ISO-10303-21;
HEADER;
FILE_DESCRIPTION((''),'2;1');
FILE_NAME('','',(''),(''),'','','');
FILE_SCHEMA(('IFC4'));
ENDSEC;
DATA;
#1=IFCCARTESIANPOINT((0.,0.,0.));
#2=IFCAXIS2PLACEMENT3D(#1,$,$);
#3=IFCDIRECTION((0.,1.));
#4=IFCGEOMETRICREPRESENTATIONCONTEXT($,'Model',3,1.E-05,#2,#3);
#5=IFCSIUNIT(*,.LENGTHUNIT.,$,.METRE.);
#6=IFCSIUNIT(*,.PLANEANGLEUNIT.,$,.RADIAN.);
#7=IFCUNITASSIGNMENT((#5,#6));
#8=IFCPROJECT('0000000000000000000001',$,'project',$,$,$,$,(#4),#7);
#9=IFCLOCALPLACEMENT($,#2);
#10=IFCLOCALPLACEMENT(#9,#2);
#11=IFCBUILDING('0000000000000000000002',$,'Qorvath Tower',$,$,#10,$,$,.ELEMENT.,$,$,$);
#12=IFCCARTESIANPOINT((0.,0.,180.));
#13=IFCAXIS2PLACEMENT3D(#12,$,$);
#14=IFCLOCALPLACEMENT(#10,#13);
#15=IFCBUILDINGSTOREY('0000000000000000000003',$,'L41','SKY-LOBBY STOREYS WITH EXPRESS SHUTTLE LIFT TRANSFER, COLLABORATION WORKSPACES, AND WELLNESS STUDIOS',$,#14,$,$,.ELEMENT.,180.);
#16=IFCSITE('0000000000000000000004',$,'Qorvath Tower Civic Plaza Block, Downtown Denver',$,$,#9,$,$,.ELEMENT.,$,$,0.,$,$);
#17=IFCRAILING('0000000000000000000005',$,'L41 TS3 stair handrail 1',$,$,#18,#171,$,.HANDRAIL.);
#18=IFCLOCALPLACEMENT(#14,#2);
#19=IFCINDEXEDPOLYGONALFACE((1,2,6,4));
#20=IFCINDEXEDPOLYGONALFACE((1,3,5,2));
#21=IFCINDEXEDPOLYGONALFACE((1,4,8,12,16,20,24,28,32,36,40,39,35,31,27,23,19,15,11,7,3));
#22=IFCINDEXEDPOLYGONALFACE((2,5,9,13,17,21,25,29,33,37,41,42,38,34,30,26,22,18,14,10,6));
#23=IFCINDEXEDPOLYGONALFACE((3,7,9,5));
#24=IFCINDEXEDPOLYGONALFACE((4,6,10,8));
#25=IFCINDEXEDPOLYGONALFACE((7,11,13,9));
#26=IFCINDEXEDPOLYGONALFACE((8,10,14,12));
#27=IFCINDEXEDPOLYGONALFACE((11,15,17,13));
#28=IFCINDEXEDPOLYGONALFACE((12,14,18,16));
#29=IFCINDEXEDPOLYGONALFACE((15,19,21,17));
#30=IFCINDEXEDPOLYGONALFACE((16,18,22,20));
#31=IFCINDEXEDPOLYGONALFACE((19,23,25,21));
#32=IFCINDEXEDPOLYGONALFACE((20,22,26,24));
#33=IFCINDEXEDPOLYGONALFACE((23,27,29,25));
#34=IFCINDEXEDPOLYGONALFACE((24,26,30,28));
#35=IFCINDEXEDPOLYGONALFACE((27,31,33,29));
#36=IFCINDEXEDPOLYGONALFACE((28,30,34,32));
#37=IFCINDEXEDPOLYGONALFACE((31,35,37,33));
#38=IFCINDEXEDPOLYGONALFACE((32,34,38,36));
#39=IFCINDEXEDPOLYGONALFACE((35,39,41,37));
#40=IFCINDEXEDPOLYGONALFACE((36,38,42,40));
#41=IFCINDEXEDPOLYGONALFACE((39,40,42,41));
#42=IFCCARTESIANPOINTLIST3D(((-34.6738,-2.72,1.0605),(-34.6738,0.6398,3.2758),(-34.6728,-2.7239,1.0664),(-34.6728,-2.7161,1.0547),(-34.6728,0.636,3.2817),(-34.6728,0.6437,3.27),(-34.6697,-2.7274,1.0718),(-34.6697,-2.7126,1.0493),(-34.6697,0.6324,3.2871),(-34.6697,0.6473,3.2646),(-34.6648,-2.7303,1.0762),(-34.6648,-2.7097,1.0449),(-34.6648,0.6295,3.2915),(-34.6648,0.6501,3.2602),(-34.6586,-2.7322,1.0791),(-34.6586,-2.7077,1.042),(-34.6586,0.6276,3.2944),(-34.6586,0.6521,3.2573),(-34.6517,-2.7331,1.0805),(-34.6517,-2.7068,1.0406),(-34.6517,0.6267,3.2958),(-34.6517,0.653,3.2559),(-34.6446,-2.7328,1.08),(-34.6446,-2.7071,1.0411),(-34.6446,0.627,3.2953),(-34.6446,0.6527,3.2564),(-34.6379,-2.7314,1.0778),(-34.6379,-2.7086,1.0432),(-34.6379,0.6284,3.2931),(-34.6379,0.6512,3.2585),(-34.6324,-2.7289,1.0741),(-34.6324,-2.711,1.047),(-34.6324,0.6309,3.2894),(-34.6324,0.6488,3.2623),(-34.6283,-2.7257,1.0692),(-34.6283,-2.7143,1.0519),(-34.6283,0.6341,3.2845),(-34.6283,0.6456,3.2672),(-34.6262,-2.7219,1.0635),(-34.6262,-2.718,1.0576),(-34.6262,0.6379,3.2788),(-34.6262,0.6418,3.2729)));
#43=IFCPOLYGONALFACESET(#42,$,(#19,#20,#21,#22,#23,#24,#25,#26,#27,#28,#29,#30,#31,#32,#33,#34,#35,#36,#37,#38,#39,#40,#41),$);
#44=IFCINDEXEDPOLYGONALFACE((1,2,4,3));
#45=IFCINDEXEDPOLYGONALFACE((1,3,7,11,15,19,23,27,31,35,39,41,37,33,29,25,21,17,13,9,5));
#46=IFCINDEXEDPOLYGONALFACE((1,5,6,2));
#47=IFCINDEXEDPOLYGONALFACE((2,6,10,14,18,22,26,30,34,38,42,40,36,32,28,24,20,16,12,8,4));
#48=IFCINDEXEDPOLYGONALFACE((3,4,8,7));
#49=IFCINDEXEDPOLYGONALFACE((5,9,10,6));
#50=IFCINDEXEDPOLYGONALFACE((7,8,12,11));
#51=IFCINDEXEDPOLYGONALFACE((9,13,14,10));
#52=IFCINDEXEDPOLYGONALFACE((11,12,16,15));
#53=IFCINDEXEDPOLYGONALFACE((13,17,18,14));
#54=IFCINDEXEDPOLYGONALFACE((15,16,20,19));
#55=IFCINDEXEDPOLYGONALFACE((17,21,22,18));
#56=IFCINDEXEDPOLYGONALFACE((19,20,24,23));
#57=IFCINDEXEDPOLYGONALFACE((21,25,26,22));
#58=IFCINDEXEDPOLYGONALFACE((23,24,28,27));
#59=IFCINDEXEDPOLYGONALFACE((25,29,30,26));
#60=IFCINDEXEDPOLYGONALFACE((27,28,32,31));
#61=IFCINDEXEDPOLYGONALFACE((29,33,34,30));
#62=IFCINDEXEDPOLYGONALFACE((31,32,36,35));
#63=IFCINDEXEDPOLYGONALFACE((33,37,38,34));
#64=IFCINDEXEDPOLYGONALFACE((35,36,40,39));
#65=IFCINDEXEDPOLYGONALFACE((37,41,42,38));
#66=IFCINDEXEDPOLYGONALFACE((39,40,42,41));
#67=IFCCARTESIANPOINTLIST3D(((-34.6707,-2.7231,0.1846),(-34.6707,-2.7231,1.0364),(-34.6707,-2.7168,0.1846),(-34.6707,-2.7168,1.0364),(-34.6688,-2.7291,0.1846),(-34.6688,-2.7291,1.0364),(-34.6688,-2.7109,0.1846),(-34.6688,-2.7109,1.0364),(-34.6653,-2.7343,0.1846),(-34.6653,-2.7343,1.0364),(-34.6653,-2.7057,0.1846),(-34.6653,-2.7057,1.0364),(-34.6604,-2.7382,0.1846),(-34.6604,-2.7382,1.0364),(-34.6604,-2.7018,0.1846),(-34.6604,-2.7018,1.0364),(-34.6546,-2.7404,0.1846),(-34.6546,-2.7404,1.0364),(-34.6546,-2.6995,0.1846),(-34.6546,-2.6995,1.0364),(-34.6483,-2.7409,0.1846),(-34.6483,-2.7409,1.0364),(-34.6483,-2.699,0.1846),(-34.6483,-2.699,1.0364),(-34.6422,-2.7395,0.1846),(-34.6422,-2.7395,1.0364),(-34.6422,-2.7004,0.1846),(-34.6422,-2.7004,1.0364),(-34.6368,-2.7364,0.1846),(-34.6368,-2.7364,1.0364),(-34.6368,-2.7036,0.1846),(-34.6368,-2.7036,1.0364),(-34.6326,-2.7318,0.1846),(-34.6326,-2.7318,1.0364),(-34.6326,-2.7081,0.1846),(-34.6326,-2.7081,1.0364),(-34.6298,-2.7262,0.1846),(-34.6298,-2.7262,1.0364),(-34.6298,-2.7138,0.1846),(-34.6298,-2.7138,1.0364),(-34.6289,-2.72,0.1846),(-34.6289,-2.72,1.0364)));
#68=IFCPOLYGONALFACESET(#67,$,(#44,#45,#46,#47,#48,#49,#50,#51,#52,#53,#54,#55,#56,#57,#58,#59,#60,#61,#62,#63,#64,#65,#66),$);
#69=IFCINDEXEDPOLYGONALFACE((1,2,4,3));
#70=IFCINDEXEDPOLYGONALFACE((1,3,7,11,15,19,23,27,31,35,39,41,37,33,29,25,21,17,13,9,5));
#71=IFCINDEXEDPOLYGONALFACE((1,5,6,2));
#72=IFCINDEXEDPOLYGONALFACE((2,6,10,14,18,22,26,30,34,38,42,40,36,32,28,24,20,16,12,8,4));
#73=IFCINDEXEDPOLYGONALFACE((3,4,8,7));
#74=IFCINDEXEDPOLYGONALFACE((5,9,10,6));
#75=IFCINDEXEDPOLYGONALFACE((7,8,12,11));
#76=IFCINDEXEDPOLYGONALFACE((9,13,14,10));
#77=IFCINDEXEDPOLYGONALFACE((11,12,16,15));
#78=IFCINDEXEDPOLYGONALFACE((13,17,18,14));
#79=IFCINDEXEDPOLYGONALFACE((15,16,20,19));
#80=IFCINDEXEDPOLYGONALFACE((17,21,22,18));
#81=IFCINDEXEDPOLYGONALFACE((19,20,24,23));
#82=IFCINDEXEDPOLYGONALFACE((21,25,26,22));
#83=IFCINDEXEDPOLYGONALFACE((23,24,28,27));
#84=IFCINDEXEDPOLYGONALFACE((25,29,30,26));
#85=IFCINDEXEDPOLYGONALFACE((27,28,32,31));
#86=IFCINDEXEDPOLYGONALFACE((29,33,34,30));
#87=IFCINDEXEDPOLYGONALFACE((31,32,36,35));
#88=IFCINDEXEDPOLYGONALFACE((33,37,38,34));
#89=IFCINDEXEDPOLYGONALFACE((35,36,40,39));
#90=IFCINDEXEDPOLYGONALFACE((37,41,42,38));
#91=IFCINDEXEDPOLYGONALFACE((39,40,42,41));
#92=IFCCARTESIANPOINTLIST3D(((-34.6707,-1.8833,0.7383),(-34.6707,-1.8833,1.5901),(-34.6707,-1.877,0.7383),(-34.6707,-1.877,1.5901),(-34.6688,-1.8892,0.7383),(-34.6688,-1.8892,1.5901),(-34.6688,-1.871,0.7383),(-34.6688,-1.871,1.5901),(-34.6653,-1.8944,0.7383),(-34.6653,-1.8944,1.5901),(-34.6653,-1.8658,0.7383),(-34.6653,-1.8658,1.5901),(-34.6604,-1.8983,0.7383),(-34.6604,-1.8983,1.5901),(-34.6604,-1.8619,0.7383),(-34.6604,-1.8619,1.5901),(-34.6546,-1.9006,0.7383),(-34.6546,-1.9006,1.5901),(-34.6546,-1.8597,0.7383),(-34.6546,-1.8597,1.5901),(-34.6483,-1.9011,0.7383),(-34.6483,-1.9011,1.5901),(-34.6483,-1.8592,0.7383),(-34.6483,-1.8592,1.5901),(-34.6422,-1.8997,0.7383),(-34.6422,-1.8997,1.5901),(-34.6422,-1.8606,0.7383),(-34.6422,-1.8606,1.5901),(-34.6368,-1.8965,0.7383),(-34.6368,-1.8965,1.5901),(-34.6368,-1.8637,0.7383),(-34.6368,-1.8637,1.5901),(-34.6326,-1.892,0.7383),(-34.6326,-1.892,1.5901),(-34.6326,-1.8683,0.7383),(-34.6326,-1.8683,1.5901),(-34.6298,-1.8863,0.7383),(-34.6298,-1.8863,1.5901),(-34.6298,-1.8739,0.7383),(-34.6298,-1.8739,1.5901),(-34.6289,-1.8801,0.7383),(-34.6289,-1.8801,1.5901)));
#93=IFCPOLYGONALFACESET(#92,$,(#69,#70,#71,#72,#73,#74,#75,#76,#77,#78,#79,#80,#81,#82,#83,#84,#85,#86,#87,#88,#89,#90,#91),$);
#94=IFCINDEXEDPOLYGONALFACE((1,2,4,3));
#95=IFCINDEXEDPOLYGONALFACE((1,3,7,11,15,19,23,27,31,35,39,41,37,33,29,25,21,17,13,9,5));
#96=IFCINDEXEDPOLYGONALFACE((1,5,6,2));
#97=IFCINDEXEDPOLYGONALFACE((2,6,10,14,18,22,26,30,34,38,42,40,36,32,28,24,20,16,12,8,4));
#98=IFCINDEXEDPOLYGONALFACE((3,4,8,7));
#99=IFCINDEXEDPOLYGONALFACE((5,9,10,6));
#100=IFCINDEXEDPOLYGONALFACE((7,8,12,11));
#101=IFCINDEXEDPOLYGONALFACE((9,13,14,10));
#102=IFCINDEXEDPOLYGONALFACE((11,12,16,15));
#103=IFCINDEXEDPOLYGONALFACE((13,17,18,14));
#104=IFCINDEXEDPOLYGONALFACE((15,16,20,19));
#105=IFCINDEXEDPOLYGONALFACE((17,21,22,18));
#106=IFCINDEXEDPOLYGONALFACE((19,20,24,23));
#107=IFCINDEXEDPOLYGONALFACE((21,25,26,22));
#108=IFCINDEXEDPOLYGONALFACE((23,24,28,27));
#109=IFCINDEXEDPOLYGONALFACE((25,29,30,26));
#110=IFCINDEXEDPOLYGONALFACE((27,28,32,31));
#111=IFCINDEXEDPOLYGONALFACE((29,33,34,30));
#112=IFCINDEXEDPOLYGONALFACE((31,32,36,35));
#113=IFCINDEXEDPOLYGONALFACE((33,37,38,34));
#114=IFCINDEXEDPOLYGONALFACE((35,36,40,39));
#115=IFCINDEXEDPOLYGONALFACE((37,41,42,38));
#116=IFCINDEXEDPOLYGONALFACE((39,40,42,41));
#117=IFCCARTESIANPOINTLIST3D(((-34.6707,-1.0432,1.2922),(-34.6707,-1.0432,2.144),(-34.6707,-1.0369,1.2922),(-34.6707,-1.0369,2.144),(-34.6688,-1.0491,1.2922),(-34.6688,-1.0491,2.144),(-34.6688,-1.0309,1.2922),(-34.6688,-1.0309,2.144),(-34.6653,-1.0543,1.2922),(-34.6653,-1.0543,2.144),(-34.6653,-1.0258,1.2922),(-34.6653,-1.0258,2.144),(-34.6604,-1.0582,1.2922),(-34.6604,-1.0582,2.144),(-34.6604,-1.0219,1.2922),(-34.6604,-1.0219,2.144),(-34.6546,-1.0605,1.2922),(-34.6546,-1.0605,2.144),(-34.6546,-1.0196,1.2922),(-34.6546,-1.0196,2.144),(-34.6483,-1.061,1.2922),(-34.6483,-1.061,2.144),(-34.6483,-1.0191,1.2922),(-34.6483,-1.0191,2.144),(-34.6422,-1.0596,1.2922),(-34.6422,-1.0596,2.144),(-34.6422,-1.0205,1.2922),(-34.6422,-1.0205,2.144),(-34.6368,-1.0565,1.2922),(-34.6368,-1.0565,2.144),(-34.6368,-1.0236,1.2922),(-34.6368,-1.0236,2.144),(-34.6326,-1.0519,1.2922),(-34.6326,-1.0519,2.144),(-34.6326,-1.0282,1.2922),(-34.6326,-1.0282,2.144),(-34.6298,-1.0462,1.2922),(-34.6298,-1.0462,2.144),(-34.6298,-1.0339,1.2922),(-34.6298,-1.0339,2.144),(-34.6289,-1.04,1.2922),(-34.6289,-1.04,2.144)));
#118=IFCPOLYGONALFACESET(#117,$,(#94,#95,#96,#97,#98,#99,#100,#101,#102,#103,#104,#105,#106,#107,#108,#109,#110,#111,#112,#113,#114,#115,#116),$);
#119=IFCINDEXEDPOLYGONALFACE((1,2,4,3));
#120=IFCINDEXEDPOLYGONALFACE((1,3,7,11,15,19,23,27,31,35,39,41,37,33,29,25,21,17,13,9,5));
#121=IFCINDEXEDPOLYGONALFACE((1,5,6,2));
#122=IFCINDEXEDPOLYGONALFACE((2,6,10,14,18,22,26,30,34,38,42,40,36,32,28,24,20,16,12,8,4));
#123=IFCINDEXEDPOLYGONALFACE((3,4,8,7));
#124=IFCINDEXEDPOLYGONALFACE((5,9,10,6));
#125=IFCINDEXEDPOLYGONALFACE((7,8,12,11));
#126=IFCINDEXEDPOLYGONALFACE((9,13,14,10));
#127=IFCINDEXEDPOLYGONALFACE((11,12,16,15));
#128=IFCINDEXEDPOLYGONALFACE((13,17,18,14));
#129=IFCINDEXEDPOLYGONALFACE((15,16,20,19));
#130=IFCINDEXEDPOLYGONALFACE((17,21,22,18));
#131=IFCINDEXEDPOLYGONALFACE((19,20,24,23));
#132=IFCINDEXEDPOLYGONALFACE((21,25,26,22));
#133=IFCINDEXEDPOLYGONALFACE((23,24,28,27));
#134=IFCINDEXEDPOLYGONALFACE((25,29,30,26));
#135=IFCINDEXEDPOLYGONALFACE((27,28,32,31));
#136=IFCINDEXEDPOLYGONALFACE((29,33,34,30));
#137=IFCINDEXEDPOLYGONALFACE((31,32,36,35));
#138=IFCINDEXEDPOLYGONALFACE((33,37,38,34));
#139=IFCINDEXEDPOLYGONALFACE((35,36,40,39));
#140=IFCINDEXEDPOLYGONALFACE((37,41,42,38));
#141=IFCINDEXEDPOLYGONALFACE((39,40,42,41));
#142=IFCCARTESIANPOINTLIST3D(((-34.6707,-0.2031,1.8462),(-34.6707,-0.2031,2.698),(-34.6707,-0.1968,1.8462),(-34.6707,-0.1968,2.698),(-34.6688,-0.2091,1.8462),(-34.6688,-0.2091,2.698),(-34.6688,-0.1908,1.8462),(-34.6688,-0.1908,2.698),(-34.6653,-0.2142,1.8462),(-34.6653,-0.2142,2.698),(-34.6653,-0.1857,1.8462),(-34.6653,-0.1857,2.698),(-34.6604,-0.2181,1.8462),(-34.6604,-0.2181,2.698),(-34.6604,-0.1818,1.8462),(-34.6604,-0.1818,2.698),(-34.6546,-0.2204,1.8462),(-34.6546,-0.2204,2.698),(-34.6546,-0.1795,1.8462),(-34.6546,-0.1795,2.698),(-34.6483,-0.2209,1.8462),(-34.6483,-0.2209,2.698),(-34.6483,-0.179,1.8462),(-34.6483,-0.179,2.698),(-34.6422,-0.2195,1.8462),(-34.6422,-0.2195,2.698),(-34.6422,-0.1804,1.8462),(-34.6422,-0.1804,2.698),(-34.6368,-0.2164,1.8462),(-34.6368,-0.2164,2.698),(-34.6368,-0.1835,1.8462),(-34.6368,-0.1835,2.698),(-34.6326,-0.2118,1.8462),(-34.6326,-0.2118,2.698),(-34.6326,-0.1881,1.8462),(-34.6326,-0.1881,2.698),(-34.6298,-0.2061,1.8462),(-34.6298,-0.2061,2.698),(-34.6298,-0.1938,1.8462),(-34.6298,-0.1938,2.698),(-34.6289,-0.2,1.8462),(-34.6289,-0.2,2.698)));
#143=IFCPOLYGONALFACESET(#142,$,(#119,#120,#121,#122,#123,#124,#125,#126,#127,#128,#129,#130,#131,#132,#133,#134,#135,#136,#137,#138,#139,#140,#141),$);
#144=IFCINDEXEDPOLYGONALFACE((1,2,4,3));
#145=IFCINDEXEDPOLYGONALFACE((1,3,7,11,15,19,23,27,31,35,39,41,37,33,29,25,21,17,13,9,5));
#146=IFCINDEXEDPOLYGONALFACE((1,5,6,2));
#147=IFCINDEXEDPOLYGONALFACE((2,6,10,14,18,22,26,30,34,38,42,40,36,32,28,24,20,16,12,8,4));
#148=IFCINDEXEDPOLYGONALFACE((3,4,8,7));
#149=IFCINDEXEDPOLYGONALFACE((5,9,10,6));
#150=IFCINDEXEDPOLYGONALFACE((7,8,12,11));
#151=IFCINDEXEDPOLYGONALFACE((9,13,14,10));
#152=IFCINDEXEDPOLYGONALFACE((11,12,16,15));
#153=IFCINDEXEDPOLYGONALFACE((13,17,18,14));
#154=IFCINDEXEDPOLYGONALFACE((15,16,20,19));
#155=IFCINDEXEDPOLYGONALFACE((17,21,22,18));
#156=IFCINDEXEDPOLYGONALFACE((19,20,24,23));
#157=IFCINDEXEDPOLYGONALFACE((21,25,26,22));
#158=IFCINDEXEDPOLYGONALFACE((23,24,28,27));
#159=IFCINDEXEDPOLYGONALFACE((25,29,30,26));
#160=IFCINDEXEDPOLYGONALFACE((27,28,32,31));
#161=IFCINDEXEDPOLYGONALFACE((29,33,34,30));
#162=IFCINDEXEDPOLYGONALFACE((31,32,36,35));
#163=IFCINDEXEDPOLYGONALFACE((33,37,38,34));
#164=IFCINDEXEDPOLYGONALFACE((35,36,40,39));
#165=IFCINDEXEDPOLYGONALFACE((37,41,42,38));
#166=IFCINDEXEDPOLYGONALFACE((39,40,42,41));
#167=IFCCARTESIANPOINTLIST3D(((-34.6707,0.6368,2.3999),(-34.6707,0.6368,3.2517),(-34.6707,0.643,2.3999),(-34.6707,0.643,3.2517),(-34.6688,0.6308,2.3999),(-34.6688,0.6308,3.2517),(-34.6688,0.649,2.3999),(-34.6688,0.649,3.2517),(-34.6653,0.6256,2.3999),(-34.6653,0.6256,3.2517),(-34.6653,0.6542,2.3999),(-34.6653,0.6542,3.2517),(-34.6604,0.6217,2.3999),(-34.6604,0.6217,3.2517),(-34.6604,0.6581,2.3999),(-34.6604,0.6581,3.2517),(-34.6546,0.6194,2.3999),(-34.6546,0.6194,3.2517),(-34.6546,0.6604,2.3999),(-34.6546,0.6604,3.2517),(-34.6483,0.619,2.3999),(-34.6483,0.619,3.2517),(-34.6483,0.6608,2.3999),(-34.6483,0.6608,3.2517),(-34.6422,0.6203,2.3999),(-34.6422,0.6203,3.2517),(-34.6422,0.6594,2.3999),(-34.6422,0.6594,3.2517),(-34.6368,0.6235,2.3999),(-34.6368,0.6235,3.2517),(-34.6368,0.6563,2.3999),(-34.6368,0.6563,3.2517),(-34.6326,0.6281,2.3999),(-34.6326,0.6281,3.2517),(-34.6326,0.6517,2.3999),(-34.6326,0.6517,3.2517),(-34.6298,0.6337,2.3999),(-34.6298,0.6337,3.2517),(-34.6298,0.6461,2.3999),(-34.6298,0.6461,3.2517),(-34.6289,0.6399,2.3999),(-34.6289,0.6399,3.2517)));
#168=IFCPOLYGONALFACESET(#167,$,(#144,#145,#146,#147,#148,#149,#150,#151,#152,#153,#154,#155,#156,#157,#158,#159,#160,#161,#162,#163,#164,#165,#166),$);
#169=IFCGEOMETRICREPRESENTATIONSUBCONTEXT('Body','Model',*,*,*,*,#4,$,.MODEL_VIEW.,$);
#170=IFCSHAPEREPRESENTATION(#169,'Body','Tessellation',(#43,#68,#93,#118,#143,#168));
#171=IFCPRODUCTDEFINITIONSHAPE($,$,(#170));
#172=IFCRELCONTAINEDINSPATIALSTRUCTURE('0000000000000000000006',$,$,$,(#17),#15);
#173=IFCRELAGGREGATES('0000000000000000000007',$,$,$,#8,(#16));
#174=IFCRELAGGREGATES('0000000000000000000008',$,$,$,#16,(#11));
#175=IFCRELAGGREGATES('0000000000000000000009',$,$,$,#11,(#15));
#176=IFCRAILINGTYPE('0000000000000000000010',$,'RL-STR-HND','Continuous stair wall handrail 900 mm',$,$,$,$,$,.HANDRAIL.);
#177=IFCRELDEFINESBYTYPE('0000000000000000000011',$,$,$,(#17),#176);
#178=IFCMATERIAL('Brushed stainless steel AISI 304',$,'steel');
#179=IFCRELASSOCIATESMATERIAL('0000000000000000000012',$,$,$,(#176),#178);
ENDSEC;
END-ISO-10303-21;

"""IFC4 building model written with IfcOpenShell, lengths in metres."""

from ifc_helpers import new_model, si_unit, direction, frame, origin, origin_2d, place, context, subcontext, project, spatial, circle, extrude, material, type_object, element, save


model = new_model("IFC4")

# Units and contexts
model_context = context("Model", 3, precision=1e-05, world=origin(), true_north=direction((0.0, 1.0)))
body_context = subcontext(model_context, "Body", "Model", "MODEL_VIEW")
ifc_project = project(units=[si_unit("LENGTHUNIT", "METRE"), si_unit("PLANEANGLEUNIT", "RADIAN")], contexts=[model_context])

# Site, building, storey
site_placement = place(None, origin())
site = spatial("IfcSite", under=ifc_project, at=site_placement, Name="Qorvath Tower Civic Plaza Block, Downtown Denver", CompositionType="ELEMENT", RefElevation=0.0)
building_placement = place(site_placement, origin())
building = spatial("IfcBuilding", under=site, at=building_placement, Name="Qorvath Tower", CompositionType="ELEMENT")
storey_placement = place(building_placement, frame((0.0, 0.0, 180.0)))
storey = spatial("IfcBuildingStorey", under=building, at=storey_placement, Name="L41", Description="SKY-LOBBY STOREYS WITH EXPRESS SHUTTLE LIFT TRANSFER, COLLABORATION WORKSPACES, AND WELLNESS STUDIOS", CompositionType="ELEMENT", Elevation=180.0)

# Railing
ifc_material_1 = material(Name="Brushed stainless steel AISI 304", Category="steel")
railing_type_1 = type_object("IfcRailingType", Name="RL-STR-HND", Description="Continuous stair wall handrail 900 mm", PredefinedType="HANDRAIL", material=ifc_material_1)
railing_1_placement = place(storey_placement, frame((-34.6499, -2.72, 0.1846)))
element("IfcRailing", 1, at=railing_1_placement, inside=storey, type_object=railing_type_1, Name="L41 TS3 stair handrail 1", PredefinedType="HANDRAIL", context=body_context, shape_type="SweptSolid", body=[
    extrude(circle(Radius=0.0239, at=origin_2d()), frame((0.0, 0.0, 0.876), z_axis=(0.0, 0.834858, 0.550465), x_axis=(-1.0, 0.0, 0.0)), (0.0, 0.0, 1.0), 4.0244),
    extrude(circle(Radius=0.021, at=origin_2d()), origin(), (0.0, 0.0, 1.0), 0.8518),
    extrude(circle(Radius=0.021, at=origin_2d()), frame((0.0, 0.8398, 0.5537)), (0.0, 0.0, 1.0), 0.8518),
    extrude(circle(Radius=0.021, at=origin_2d()), frame((0.0, 1.6799, 1.1077)), (0.0, 0.0, 1.0), 0.8518),
    extrude(circle(Radius=0.021, at=origin_2d()), frame((0.0, 2.52, 1.6616)), (0.0, 0.0, 1.0), 0.8518),
    extrude(circle(Radius=0.021, at=origin_2d()), frame((0.0, 3.3599, 2.2153)), (0.0, 0.0, 1.0), 0.8518),
])

save(model, "model.ifc")
